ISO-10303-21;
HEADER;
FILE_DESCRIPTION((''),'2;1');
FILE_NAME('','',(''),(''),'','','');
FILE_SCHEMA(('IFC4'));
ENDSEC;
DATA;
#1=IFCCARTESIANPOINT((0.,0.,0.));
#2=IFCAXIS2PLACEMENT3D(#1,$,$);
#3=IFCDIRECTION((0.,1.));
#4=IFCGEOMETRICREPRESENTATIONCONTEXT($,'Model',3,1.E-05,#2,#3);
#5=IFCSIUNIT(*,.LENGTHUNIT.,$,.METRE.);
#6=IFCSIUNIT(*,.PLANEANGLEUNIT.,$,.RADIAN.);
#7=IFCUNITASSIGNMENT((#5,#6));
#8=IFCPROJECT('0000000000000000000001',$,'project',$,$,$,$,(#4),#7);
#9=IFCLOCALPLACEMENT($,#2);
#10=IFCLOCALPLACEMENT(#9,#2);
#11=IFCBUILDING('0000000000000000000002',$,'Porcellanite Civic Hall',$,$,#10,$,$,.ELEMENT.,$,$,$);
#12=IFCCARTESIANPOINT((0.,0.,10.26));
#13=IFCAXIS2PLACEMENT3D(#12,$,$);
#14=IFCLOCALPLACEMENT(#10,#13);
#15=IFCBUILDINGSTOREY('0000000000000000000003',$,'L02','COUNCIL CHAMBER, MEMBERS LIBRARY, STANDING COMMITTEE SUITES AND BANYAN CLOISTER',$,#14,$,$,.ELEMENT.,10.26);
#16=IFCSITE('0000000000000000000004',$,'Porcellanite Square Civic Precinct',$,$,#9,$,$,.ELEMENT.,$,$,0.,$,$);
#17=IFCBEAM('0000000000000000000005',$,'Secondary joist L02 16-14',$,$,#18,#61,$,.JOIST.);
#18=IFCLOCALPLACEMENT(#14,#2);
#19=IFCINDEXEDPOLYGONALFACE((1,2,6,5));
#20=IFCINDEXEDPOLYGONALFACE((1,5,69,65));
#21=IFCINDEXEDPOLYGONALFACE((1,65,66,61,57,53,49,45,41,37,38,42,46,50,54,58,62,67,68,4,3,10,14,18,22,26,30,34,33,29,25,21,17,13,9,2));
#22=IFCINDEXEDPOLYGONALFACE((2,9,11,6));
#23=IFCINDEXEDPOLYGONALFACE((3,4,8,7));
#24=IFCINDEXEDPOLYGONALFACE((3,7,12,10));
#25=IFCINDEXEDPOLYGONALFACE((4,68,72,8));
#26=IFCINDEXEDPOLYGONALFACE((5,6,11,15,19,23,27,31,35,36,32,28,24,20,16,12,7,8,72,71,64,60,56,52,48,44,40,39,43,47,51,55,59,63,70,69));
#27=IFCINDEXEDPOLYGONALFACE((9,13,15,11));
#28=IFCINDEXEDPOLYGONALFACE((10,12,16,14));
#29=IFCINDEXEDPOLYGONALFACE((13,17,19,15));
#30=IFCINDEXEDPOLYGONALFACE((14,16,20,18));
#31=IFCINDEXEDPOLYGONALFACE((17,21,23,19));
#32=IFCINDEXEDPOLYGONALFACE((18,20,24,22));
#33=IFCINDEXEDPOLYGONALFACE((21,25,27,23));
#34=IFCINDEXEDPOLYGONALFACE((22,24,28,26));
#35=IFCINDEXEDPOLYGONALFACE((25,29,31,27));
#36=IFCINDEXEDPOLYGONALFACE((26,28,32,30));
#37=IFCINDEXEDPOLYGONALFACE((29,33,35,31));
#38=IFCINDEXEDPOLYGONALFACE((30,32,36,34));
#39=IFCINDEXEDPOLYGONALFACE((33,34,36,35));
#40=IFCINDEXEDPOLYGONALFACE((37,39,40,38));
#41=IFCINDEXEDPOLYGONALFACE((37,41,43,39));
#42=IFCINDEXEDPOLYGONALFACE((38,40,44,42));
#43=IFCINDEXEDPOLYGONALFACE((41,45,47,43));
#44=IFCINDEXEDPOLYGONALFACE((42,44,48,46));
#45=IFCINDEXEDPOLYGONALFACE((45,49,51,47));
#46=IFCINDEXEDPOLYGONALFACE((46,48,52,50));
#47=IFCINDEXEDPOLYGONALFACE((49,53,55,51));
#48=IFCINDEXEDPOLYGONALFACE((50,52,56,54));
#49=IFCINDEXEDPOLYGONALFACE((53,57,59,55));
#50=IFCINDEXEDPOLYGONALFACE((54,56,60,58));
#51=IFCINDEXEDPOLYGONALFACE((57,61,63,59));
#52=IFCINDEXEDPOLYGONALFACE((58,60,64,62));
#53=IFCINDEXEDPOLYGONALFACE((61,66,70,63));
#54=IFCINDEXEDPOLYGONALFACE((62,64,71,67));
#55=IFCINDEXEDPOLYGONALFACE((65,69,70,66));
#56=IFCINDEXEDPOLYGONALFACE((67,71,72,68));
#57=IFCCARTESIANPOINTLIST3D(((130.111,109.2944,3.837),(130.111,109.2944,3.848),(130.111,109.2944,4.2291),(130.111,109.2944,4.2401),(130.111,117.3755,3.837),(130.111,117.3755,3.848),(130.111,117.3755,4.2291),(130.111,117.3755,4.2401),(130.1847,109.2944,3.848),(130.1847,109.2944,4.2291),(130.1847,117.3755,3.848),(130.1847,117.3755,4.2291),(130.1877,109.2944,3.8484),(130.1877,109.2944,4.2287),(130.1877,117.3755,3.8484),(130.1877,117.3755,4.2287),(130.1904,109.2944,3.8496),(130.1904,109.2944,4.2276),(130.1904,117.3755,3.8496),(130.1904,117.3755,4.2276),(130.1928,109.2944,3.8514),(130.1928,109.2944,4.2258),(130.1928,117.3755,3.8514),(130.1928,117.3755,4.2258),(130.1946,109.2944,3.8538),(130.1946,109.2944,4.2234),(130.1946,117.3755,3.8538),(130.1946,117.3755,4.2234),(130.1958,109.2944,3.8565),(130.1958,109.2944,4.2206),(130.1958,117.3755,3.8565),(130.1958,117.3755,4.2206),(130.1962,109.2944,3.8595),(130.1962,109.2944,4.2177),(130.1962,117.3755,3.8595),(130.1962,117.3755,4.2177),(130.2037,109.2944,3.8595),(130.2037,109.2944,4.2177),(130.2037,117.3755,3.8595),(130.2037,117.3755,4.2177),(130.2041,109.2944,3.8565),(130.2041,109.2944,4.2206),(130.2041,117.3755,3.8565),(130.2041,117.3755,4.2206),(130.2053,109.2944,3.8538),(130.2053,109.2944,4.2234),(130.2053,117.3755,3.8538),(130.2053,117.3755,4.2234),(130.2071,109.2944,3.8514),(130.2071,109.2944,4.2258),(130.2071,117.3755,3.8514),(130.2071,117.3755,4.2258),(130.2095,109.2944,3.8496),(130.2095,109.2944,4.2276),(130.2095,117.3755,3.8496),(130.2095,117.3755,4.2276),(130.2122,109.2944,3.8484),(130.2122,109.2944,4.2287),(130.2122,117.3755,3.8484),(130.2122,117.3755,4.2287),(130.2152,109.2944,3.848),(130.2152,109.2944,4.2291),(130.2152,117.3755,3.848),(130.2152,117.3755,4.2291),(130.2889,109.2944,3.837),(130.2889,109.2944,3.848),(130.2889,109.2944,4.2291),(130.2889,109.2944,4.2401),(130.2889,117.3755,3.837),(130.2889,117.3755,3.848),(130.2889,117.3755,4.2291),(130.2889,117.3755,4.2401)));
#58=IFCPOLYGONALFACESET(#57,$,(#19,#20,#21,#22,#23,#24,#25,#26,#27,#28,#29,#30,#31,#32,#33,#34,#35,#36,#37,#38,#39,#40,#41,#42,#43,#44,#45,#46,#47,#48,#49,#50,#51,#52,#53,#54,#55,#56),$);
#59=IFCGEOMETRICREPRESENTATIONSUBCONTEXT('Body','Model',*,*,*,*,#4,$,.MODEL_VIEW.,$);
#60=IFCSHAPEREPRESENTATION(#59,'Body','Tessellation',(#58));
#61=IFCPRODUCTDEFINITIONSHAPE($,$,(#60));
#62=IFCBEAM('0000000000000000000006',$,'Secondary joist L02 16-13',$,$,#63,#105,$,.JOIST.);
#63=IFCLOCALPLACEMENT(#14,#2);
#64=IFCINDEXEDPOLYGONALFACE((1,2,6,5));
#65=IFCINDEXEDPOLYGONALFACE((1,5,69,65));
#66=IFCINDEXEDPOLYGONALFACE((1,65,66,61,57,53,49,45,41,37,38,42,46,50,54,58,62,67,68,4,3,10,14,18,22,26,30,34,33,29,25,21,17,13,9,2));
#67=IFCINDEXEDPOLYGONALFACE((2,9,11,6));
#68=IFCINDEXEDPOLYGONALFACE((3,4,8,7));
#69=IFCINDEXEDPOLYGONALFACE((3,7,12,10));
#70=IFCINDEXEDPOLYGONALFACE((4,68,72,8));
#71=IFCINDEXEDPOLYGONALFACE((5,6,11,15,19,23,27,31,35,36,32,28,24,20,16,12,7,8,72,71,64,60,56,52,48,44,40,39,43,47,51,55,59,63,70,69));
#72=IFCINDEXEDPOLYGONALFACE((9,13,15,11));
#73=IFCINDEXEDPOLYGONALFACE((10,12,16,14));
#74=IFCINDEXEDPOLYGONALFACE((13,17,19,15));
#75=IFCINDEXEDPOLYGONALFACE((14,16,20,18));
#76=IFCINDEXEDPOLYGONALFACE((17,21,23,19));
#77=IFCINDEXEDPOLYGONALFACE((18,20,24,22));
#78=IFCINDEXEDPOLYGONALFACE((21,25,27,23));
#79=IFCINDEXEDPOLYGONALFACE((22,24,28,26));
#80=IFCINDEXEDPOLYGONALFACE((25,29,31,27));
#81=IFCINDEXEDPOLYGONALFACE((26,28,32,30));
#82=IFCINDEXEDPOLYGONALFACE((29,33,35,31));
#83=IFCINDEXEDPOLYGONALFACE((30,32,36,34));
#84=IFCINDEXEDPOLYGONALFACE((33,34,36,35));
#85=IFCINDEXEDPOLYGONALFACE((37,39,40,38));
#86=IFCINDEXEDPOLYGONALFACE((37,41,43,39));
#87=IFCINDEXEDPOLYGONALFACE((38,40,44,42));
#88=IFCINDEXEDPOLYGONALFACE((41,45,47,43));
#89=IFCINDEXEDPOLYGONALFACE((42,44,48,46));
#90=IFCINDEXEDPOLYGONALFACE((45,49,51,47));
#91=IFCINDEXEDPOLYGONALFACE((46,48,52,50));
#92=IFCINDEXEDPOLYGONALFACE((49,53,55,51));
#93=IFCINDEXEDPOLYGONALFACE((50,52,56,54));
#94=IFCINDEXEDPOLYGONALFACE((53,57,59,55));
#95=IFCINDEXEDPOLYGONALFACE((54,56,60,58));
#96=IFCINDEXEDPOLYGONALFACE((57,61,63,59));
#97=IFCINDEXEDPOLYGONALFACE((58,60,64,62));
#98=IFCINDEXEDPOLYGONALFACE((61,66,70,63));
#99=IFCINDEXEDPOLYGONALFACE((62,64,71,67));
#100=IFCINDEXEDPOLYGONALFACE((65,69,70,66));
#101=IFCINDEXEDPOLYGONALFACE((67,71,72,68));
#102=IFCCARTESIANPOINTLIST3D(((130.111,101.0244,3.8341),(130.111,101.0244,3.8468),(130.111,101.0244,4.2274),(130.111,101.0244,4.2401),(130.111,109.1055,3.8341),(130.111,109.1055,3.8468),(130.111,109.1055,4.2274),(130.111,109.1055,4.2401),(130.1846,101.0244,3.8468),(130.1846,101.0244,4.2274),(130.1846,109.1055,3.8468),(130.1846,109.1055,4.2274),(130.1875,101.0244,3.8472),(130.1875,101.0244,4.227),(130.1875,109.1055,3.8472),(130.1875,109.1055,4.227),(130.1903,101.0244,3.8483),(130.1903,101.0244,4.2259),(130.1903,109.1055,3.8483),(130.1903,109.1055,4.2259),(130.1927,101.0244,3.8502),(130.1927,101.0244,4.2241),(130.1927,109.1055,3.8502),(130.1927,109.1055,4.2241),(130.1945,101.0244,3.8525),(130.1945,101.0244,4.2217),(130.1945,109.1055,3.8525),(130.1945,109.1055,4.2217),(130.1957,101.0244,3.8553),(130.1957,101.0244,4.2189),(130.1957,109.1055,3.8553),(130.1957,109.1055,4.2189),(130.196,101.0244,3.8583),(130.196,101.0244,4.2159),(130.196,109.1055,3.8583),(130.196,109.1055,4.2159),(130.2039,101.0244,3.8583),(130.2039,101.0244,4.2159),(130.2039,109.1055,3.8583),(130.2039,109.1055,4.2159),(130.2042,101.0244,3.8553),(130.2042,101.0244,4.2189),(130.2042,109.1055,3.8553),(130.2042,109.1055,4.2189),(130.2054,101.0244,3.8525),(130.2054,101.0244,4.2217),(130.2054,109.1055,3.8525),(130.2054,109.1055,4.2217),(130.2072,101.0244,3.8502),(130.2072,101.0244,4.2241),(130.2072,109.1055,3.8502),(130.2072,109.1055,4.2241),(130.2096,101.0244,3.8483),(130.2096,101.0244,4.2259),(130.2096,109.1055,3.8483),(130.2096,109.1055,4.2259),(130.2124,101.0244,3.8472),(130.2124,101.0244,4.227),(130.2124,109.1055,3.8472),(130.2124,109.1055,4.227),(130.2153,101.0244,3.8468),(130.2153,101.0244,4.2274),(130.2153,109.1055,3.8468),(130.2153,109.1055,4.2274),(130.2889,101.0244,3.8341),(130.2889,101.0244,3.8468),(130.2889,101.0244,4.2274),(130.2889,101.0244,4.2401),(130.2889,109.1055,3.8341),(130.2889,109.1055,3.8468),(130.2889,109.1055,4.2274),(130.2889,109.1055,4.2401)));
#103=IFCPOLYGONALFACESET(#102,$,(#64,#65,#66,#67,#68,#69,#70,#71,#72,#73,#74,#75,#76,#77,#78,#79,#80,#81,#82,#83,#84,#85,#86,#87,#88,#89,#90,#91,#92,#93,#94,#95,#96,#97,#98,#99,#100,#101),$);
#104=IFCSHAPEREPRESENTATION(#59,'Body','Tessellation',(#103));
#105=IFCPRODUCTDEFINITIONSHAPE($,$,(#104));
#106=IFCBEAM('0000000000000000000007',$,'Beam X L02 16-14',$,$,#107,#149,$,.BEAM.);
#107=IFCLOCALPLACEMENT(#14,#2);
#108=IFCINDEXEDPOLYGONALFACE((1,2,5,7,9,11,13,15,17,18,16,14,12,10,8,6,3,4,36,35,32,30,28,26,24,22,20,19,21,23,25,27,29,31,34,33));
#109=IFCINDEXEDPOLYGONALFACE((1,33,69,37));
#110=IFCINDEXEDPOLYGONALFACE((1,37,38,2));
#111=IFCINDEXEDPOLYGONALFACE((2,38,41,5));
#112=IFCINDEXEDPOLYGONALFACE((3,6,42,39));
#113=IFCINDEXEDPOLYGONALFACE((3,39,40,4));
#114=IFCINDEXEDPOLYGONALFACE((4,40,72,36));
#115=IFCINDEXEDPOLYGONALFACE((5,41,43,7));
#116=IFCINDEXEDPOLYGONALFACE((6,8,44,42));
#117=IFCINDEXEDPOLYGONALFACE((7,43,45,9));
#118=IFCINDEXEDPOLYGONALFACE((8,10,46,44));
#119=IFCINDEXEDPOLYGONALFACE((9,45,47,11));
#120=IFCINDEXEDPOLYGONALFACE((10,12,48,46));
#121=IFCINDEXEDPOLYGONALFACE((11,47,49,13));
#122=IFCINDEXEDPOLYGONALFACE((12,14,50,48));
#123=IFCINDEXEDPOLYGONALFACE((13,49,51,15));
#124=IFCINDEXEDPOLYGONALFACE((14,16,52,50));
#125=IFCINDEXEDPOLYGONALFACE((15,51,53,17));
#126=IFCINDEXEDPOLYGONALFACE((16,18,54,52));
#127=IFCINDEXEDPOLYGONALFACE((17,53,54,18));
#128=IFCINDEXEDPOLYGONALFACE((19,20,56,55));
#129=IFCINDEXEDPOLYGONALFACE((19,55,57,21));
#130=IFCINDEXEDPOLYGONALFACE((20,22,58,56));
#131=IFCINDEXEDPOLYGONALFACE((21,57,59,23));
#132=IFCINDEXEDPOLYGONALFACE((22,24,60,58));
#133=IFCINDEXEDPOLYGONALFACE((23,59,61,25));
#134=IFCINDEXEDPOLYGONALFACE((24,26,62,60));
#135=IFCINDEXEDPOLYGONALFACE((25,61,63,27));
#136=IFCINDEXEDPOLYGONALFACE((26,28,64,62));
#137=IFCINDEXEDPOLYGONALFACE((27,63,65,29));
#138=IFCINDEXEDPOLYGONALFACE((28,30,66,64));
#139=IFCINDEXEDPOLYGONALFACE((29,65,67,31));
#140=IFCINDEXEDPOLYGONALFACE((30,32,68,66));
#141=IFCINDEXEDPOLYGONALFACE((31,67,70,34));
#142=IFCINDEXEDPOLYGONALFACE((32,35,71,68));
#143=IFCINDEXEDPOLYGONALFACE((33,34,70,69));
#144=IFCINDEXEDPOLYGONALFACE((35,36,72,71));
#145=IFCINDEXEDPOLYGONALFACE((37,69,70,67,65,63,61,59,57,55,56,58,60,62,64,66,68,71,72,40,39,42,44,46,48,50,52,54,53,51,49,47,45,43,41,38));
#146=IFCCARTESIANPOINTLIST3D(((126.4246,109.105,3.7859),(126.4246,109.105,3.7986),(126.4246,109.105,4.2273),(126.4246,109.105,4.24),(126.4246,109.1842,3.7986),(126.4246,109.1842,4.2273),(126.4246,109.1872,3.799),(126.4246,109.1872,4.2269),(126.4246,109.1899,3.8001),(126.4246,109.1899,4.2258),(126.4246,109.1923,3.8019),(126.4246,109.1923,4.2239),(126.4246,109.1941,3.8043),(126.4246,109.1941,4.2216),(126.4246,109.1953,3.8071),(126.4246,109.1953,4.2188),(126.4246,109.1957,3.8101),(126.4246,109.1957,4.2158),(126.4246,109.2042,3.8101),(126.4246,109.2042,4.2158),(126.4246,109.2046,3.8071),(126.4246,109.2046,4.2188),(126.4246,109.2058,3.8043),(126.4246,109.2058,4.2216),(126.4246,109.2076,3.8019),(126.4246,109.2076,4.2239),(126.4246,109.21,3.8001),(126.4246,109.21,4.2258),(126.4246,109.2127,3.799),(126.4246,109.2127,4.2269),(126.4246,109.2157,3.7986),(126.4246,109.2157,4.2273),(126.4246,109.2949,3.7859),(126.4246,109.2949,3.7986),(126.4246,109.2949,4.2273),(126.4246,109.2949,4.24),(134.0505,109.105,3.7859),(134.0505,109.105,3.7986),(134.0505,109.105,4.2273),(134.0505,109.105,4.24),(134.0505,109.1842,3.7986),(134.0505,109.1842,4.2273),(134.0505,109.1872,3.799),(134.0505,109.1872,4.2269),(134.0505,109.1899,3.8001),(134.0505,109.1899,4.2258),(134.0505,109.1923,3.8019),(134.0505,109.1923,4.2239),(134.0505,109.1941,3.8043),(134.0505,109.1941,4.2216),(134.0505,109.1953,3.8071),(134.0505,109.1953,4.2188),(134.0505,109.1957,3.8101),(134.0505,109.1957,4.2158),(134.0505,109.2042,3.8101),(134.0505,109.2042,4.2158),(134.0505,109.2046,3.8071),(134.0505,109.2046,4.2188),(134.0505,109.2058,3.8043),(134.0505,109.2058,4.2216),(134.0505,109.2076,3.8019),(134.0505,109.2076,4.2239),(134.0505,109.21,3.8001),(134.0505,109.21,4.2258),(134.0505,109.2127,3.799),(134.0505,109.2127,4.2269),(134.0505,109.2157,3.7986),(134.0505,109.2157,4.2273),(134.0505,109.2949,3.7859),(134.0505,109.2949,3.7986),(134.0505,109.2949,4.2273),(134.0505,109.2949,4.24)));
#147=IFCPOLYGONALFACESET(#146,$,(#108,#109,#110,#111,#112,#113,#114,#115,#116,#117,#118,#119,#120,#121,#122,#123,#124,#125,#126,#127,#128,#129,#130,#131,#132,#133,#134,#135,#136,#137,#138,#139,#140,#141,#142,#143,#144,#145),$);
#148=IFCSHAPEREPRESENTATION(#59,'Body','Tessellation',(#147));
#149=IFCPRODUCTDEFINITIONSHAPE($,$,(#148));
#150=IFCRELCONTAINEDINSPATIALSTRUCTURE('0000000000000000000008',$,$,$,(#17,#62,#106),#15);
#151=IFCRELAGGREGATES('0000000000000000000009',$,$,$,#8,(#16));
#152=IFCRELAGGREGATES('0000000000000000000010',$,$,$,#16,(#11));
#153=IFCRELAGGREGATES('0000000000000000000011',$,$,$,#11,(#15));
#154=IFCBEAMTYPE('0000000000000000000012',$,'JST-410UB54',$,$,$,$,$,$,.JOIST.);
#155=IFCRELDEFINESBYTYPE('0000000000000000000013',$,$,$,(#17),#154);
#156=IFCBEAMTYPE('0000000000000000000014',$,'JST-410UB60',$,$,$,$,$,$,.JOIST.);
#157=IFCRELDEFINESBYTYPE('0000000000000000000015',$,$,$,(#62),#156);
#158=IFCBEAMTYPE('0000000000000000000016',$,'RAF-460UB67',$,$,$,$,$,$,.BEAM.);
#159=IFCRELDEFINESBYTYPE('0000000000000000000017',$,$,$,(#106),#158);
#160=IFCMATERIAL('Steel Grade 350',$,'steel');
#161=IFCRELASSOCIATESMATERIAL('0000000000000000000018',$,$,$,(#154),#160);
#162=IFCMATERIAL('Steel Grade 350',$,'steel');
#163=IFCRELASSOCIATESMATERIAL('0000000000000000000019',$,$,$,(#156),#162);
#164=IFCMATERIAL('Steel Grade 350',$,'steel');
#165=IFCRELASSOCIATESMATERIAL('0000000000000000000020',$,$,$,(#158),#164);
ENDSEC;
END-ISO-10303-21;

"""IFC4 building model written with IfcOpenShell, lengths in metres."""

from ifc_helpers import new_model, si_unit, direction, frame, origin, origin_2d, place, context, subcontext, project, spatial, i_section, extrude, material, material_profile, profile_set, type_object, element, save


model = new_model("IFC4")

# Units and contexts
model_context = context("Model", 3, precision=1e-05, world=origin(), true_north=direction((0.0, 1.0)))
body_context = subcontext(model_context, "Body", "Model", "MODEL_VIEW")
ifc_project = project(units=[si_unit("LENGTHUNIT", "METRE"), si_unit("PLANEANGLEUNIT", "RADIAN")], contexts=[model_context])

# Site, building, storey
site_placement = place(None, origin())
site = spatial("IfcSite", under=ifc_project, at=site_placement, Name="Porcellanite Square Civic Precinct", CompositionType="ELEMENT", RefElevation=0.0)
building_placement = place(site_placement, origin())
building = spatial("IfcBuilding", under=site, at=building_placement, Name="Porcellanite Civic Hall", CompositionType="ELEMENT")
storey_placement = place(building_placement, frame((0.0, 0.0, 10.26)))
storey = spatial("IfcBuildingStorey", under=building, at=storey_placement, Name="L02", Description="COUNCIL CHAMBER, MEMBERS LIBRARY, STANDING COMMITTEE SUITES AND BANYAN CLOISTER", CompositionType="ELEMENT", Elevation=10.26)

# Beams
ifc_material_1 = material(Name="Steel Grade 350", Category="steel")
ifc_material_profile_1 = material_profile(ifc_material_1, i_section(OverallWidth=0.178, OverallDepth=0.4031, WebThickness=0.0076, FlangeThickness=0.011, FilletRadius=0.0115, at=origin_2d()), Name="410UB53.7")
ifc_profile_set_1 = profile_set([ifc_material_profile_1], Name="Steel Grade 350")
beam_type_1 = type_object("IfcBeamType", Name="JST-410UB54", PredefinedType="JOIST", material=ifc_profile_set_1)
beam_1_placement = place(storey_placement, frame((130.2, 109.2944, 4.0386), z_axis=(0.0, 1.0, 0.0), x_axis=(-1.0, 0.0, 0.0)))
element("IfcBeam", 1, at=beam_1_placement, inside=storey, type_object=beam_type_1, Name="Secondary joist L02 16-14", PredefinedType="JOIST", context=body_context, shape_type="SweptSolid", body=[
    extrude(i_section(OverallWidth=0.178, OverallDepth=0.4031, WebThickness=0.0076, FlangeThickness=0.011, FilletRadius=0.0115, at=origin_2d()), origin(), (0.0, 0.0, 1.0), 8.0811),
])
ifc_material_2 = material(Name="Steel Grade 350", Category="steel")
ifc_material_profile_2 = material_profile(ifc_material_2, i_section(OverallWidth=0.178, OverallDepth=0.406, WebThickness=0.0078, FlangeThickness=0.0127, FilletRadius=0.0115, at=origin_2d()), Name="410UB59.7")
ifc_profile_set_2 = profile_set([ifc_material_profile_2], Name="Steel Grade 350")
beam_type_2 = type_object("IfcBeamType", Name="JST-410UB60", PredefinedType="JOIST", material=ifc_profile_set_2)
beam_2_placement = place(storey_placement, frame((130.2, 101.0244, 4.0371), z_axis=(0.0, 1.0, 0.0), x_axis=(-1.0, 0.0, 0.0)))
element("IfcBeam", 2, at=beam_2_placement, inside=storey, type_object=beam_type_2, Name="Secondary joist L02 16-13", PredefinedType="JOIST", context=body_context, shape_type="SweptSolid", body=[
    extrude(i_section(OverallWidth=0.178, OverallDepth=0.406, WebThickness=0.0078, FlangeThickness=0.0127, FilletRadius=0.0115, at=origin_2d()), origin(), (0.0, 0.0, 1.0), 8.0811),
])
ifc_material_3 = material(Name="Steel Grade 350", Category="steel")
ifc_material_profile_3 = material_profile(ifc_material_3, i_section(OverallWidth=0.1899, OverallDepth=0.4541, WebThickness=0.0085, FlangeThickness=0.0127, FilletRadius=0.0115, at=origin_2d()), Name="460UB67.1")
ifc_profile_set_3 = profile_set([ifc_material_profile_3], Name="Steel Grade 350")
beam_type_3 = type_object("IfcBeamType", Name="RAF-460UB67", PredefinedType="BEAM", material=ifc_profile_set_3)
beam_3_placement = place(storey_placement, frame((126.4246, 109.2, 4.0129), z_axis=(1.0, 0.0, 0.0), x_axis=(0.0, 1.0, 0.0)))
element("IfcBeam", 3, at=beam_3_placement, inside=storey, type_object=beam_type_3, Name="Beam X L02 16-14", PredefinedType="BEAM", context=body_context, shape_type="SweptSolid", body=[
    extrude(i_section(OverallWidth=0.1899, OverallDepth=0.4541, WebThickness=0.0085, FlangeThickness=0.0127, FilletRadius=0.0115, at=origin_2d()), origin(), (0.0, 0.0, 1.0), 7.626),
])

save(model, "model.ifc")
